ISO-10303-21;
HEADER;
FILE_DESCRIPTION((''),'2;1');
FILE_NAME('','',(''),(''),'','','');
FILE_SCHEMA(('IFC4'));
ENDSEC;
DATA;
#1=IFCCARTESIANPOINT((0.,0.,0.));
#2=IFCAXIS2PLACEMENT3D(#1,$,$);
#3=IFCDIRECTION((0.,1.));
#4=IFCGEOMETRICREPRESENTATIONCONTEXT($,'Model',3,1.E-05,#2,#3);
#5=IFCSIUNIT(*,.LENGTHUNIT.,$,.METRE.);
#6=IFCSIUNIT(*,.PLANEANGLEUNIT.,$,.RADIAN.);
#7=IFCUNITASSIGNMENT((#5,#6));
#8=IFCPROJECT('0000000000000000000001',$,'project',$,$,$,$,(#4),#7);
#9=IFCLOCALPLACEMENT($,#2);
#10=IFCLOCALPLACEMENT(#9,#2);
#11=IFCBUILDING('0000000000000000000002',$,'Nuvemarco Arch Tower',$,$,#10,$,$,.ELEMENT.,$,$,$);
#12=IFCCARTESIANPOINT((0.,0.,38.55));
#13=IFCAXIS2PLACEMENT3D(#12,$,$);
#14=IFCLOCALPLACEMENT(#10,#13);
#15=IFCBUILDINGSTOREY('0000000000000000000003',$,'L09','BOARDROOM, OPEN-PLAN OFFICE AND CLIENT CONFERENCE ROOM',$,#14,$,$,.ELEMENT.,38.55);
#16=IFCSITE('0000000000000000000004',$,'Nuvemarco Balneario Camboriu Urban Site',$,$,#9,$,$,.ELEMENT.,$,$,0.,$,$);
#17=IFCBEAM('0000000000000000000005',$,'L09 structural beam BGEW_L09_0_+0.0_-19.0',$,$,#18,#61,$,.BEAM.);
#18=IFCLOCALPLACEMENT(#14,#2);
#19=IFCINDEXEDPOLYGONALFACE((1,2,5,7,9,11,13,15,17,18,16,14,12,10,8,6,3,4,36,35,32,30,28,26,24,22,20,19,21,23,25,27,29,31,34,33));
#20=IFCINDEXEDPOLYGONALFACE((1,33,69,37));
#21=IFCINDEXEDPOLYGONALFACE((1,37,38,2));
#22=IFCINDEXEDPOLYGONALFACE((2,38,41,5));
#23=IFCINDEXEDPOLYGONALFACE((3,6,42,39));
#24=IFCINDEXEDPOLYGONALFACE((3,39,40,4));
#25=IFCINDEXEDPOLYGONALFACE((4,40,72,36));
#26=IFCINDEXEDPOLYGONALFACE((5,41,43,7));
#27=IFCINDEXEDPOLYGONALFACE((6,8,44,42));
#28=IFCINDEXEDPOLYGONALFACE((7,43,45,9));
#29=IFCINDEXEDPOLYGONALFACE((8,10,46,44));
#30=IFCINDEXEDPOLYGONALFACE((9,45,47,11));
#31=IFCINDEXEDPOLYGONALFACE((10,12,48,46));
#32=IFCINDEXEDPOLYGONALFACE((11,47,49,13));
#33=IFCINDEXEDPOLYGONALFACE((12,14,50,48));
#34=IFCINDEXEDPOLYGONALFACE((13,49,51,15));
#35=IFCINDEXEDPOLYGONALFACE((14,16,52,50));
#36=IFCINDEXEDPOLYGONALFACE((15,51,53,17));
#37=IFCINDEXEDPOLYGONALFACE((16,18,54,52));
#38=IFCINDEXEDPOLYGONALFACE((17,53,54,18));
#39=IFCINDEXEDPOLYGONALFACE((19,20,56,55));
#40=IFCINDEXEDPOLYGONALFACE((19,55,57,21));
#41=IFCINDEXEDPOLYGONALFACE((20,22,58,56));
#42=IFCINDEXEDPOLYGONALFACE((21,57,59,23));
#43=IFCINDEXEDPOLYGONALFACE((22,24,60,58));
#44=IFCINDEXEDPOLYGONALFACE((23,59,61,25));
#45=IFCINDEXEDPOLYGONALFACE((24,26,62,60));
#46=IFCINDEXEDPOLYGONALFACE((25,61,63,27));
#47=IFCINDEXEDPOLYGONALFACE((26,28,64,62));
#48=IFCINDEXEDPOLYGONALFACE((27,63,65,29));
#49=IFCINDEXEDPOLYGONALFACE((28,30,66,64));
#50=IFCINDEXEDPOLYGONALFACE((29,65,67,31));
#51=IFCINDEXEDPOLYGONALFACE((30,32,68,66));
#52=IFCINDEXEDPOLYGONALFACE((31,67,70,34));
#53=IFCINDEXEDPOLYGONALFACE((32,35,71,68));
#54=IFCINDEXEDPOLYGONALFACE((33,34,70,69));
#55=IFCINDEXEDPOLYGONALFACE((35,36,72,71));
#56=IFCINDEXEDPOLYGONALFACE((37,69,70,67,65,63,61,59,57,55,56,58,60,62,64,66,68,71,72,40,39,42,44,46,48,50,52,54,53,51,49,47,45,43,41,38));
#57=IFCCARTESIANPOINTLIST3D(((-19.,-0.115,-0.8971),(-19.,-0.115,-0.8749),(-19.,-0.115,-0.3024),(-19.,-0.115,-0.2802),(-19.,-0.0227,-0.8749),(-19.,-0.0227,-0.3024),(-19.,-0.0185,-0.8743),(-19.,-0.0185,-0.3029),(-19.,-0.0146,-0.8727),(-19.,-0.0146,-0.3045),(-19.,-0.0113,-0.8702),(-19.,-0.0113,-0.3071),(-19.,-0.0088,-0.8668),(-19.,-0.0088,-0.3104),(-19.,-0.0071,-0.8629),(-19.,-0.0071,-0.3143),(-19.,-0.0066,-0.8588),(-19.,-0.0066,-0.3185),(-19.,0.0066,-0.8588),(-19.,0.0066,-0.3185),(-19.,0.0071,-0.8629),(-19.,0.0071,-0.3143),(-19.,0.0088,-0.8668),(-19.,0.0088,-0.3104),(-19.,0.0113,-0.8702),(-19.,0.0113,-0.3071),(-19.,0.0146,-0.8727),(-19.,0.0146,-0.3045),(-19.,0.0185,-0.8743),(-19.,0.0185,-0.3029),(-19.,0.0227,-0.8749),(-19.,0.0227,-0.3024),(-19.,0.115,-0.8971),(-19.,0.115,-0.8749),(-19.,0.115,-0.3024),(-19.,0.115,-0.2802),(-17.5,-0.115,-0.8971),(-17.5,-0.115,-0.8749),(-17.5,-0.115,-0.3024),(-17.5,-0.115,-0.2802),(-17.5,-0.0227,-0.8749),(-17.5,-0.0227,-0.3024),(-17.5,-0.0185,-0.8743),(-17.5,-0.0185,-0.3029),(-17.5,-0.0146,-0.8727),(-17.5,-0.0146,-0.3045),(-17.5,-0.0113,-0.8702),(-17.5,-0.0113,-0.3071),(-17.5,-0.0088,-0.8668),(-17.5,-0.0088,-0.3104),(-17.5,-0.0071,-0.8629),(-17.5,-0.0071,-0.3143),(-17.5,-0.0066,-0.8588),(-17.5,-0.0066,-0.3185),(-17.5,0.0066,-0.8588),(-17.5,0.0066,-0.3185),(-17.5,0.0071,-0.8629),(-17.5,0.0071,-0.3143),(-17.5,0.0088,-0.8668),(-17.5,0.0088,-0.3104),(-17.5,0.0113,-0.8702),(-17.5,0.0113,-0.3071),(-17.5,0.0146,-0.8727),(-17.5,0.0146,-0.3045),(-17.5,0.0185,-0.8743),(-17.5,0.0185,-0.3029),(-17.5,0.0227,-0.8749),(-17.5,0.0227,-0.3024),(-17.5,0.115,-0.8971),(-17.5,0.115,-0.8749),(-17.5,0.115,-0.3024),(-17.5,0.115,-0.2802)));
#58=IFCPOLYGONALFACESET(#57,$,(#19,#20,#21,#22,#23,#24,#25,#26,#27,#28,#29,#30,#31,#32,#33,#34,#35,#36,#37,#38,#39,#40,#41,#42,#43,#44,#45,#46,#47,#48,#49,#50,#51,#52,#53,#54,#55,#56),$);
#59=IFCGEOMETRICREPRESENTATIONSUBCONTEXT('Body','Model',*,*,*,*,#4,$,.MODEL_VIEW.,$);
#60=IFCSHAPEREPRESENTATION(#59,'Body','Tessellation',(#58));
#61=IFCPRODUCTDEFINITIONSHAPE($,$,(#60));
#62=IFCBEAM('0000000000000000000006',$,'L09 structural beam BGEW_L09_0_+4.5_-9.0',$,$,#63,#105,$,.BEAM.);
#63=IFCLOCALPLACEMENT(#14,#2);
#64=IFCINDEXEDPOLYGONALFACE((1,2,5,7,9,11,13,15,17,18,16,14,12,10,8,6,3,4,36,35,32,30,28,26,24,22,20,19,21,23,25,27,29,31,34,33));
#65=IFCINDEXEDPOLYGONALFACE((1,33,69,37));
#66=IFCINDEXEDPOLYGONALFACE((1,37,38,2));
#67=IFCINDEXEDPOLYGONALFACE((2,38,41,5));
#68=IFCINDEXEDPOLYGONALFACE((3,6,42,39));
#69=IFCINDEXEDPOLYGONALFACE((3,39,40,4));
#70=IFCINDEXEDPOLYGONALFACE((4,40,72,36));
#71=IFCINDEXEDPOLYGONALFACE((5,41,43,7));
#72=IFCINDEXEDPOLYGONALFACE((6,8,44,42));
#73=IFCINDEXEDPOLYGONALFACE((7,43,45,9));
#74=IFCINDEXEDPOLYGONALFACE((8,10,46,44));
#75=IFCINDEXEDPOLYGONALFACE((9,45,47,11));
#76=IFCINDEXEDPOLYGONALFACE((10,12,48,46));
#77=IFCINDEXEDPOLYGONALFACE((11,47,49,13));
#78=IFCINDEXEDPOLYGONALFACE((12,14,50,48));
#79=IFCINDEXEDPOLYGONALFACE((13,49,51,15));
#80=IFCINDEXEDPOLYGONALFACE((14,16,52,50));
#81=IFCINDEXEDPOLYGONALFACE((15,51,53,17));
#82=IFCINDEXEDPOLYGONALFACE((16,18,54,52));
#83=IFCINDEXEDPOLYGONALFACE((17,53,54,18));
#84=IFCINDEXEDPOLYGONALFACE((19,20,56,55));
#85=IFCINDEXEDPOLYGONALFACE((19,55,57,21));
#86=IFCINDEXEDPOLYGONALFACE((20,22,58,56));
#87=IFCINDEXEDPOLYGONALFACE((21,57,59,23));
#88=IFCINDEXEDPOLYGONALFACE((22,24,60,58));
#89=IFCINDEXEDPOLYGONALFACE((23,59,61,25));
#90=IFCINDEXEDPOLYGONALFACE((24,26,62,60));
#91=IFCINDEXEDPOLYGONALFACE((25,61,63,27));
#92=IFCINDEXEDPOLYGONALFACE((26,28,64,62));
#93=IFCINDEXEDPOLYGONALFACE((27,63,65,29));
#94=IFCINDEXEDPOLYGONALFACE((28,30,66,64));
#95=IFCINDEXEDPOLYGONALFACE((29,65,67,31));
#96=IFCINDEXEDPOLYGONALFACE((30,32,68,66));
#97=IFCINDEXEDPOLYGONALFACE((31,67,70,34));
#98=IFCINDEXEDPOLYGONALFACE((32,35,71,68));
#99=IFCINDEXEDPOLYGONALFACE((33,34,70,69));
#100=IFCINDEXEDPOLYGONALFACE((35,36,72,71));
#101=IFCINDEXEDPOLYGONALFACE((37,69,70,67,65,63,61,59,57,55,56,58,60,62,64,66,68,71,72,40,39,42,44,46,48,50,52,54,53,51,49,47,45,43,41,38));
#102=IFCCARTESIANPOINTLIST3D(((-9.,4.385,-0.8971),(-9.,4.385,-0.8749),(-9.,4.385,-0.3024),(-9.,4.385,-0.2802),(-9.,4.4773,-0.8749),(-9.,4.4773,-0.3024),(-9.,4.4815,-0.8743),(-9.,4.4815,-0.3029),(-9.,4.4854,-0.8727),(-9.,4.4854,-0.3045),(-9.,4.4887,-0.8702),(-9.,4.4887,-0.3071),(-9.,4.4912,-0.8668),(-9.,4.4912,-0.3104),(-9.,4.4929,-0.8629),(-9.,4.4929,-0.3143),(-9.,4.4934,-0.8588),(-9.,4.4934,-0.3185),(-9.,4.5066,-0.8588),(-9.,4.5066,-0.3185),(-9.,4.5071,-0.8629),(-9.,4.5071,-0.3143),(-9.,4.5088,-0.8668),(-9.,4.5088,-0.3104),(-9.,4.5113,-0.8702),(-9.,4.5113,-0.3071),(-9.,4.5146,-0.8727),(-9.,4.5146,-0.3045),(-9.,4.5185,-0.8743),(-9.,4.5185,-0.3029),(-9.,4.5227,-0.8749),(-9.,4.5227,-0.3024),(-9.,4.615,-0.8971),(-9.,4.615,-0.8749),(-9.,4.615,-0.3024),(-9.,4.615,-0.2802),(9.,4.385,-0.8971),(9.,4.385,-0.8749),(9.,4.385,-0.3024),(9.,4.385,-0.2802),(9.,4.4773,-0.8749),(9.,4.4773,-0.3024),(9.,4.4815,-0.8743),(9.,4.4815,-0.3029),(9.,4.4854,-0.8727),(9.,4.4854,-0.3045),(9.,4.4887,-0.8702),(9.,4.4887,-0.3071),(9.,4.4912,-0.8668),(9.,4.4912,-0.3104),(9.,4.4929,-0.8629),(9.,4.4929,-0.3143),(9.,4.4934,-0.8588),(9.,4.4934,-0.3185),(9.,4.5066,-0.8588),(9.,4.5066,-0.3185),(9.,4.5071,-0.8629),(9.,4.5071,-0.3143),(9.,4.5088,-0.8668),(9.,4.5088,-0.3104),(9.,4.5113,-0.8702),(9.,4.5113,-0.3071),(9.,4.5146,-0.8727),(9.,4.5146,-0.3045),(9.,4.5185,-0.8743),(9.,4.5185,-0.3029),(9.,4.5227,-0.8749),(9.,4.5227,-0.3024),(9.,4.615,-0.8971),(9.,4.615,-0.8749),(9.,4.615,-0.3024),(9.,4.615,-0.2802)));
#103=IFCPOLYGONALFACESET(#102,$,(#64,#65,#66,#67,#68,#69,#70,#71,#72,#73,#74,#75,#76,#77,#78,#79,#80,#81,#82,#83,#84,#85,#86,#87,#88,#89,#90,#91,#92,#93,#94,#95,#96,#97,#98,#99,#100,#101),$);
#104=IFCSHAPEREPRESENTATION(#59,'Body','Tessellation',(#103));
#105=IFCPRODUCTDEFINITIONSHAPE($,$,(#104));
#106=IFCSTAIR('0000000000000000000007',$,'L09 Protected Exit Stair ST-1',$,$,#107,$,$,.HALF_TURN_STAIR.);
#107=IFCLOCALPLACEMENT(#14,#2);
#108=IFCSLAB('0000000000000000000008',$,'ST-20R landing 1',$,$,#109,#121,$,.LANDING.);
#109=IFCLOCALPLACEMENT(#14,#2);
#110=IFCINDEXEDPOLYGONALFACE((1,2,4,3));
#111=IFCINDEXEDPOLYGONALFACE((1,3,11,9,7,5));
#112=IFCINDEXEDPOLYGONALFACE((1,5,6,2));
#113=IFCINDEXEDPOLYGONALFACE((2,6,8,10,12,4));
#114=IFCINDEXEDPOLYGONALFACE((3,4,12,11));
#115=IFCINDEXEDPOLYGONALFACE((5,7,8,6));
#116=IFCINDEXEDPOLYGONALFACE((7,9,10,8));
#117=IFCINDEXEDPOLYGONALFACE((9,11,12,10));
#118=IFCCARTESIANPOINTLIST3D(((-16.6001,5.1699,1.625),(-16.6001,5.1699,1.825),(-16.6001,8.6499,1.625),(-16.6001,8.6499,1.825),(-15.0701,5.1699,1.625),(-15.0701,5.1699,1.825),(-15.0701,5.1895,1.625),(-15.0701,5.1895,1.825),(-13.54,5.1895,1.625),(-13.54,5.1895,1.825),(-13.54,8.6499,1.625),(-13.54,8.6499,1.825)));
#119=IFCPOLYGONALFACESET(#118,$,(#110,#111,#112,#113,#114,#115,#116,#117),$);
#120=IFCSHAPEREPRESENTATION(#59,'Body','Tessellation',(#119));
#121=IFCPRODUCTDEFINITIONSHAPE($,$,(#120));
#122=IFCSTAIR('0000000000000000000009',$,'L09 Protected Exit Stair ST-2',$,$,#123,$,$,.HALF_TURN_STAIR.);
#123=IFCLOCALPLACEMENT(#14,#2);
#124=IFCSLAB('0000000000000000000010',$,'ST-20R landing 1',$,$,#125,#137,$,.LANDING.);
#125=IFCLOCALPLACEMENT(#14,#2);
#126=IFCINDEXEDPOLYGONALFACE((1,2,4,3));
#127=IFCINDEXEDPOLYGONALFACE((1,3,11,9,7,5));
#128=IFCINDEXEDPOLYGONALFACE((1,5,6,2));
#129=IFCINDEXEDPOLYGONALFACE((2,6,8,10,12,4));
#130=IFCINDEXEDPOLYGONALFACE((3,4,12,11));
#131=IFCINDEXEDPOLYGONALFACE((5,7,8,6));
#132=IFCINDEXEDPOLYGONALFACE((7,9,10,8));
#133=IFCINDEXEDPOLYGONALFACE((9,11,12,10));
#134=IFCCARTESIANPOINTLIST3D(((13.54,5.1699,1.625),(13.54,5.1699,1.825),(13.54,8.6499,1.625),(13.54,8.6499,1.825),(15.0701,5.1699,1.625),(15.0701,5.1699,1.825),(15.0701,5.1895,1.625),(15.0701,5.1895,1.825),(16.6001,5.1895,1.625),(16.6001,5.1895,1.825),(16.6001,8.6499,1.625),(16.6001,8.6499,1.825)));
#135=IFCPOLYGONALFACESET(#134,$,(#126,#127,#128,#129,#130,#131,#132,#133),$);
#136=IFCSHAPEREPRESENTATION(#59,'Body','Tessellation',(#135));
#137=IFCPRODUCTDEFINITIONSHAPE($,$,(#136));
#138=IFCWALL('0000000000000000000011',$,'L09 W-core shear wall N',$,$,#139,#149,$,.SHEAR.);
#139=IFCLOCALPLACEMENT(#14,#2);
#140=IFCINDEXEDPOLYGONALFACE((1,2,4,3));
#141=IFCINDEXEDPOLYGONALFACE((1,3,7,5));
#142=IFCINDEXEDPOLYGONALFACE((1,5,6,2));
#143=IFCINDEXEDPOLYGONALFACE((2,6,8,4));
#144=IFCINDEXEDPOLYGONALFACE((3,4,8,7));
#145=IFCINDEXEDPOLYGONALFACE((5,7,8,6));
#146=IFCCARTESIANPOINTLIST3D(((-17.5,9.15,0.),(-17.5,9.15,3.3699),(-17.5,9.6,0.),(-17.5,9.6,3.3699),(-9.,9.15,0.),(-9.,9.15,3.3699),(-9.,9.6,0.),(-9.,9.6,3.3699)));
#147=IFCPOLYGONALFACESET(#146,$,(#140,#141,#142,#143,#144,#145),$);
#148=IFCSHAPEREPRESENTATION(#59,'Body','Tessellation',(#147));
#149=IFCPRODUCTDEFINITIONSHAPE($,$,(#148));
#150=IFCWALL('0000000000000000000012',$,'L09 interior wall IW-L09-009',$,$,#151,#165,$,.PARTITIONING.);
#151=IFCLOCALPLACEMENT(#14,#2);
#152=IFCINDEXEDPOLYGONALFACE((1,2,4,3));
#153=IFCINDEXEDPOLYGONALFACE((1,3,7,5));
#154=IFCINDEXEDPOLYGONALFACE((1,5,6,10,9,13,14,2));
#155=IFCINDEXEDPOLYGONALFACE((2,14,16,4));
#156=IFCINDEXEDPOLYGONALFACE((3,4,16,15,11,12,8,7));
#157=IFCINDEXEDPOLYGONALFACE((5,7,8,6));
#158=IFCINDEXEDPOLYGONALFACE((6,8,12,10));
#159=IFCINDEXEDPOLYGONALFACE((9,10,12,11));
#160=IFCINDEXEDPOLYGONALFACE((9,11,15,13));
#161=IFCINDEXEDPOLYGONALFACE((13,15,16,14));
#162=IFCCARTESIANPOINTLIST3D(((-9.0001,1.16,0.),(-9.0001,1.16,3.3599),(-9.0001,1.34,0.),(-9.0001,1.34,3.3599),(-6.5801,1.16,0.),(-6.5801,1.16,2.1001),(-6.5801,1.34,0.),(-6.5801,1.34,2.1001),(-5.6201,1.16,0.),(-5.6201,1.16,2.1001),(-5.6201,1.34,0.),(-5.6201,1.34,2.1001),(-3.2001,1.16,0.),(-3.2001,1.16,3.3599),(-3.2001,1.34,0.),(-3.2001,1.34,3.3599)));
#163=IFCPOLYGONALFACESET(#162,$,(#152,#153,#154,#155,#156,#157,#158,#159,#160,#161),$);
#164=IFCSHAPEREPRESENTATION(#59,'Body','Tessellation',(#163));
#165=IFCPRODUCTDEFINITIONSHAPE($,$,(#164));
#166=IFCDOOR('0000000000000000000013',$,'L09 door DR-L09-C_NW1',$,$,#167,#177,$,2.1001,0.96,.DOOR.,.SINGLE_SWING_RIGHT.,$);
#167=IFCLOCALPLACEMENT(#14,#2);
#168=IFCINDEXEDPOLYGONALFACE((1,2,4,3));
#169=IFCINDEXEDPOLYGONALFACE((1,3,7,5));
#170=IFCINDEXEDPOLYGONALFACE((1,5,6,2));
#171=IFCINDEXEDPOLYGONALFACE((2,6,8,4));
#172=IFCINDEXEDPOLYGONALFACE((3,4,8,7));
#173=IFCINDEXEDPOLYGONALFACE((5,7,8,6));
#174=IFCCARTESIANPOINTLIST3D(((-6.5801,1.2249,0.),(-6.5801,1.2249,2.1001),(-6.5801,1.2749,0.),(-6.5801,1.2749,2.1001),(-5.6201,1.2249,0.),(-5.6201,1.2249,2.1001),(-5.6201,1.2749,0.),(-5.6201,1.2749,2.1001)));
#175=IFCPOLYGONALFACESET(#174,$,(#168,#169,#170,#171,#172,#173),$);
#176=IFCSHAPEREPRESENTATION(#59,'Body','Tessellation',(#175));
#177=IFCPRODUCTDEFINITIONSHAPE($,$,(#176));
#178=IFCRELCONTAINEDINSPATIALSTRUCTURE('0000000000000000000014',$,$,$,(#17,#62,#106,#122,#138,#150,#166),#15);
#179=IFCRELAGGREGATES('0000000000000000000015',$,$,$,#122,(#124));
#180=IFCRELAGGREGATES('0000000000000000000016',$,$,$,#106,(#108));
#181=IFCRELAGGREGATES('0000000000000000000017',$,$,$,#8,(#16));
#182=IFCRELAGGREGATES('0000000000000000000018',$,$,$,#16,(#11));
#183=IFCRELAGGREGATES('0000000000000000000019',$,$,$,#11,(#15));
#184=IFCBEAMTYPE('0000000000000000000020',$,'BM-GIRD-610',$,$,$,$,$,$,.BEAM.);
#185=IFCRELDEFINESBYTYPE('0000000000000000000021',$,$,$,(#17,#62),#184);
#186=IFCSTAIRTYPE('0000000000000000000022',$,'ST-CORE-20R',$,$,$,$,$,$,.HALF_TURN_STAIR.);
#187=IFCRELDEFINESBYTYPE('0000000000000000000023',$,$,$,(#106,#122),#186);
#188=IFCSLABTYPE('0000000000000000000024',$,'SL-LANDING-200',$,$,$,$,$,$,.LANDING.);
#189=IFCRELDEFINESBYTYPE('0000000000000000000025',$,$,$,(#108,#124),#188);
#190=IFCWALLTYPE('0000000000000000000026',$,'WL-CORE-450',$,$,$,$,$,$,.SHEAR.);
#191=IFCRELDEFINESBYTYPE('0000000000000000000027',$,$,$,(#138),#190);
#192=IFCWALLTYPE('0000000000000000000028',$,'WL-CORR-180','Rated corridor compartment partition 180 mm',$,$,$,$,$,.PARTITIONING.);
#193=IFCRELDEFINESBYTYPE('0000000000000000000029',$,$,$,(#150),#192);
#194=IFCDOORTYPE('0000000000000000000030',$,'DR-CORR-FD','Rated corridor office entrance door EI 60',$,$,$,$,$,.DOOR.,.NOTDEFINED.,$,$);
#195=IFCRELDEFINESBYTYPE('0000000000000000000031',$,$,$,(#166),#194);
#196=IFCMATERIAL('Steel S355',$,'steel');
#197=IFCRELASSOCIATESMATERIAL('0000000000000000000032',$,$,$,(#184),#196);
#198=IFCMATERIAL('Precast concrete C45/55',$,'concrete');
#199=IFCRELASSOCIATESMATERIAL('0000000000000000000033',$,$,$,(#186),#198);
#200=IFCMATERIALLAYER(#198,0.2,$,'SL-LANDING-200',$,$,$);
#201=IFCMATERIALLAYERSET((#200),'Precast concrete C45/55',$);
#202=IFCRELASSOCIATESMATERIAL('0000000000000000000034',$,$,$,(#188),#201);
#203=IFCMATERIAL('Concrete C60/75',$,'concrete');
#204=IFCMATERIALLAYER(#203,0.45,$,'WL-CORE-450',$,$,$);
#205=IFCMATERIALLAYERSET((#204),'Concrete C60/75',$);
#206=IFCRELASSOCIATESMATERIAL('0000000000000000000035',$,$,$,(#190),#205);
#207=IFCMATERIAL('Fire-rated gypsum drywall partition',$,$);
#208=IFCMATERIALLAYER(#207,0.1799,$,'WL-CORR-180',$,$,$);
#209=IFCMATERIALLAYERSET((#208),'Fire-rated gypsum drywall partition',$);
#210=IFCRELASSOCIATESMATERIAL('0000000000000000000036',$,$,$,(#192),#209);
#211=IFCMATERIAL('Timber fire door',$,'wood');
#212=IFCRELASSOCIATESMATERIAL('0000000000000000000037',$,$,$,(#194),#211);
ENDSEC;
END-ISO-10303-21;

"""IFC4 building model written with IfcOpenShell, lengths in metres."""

from ifc_helpers import new_model, si_unit, direction, frame, frame_2d, origin, origin_2d, place, context, subcontext, project, spatial, polyline, rectangle, i_section, outline, extrude, source, transform, mapped, material, layer, layer_set, material_profile, profile_set, type_object, type_shapes, element, fill, aggregate, save


model = new_model("IFC4")

# Units and contexts
model_context = context("Model", 3, precision=1e-05, world=origin(), true_north=direction((0.0, 1.0)))
body_context = subcontext(model_context, "Body", "Model", "MODEL_VIEW")
ifc_project = project(units=[si_unit("LENGTHUNIT", "METRE"), si_unit("PLANEANGLEUNIT", "RADIAN")], contexts=[model_context])

# Site, building, storey
site_placement = place(None, origin())
site = spatial("IfcSite", under=ifc_project, at=site_placement, Name="Nuvemarco Balneario Camboriu Urban Site", CompositionType="ELEMENT", RefElevation=0.0)
building_placement = place(site_placement, origin())
building = spatial("IfcBuilding", under=site, at=building_placement, Name="Nuvemarco Arch Tower", CompositionType="ELEMENT")
storey_placement = place(building_placement, frame((0.0, 0.0, 38.55)))
storey = spatial("IfcBuildingStorey", under=building, at=storey_placement, Name="L09", Description="BOARDROOM, OPEN-PLAN OFFICE AND CLIENT CONFERENCE ROOM", CompositionType="ELEMENT", Elevation=38.55)

# Shared definitions
ifc_material_1 = material(Name="Concrete C60/75", Category="concrete")

# Beams
ifc_material_2 = material(Name="Steel S355", Category="steel")
ifc_material_profile_1 = material_profile(ifc_material_2, i_section(OverallWidth=0.23, OverallDepth=0.6169, WebThickness=0.0132, FlangeThickness=0.0222, FilletRadius=0.0161, at=origin_2d()), Name="W610x140")
ifc_profile_set_1 = profile_set([ifc_material_profile_1], Name="Steel S355")
beam_type = type_object("IfcBeamType", Name="BM-GIRD-610", PredefinedType="BEAM", material=ifc_profile_set_1)
beam_1_placement = place(storey_placement, frame((-19.0, 0.0, -0.5886), z_axis=(1.0, 0.0, 0.0), x_axis=(0.0, 1.0, 0.0)))
element("IfcBeam", 1, at=beam_1_placement, inside=storey, type_object=beam_type, Name="L09 structural beam BGEW_L09_0_+0.0_-19.0", PredefinedType="BEAM", context=body_context, shape_type="SweptSolid", body=[
    extrude(i_section(OverallWidth=0.23, OverallDepth=0.6169, WebThickness=0.0132, FlangeThickness=0.0222, FilletRadius=0.0161, at=origin_2d()), origin(), (0.0, 0.0, 1.0), 1.5),
])
beam_2_placement = place(storey_placement, frame((-9.0, 4.5, -0.5886), z_axis=(1.0, 0.0, 0.0), x_axis=(0.0, 1.0, 0.0)))
element("IfcBeam", 2, at=beam_2_placement, inside=storey, type_object=beam_type, Name="L09 structural beam BGEW_L09_0_+4.5_-9.0", PredefinedType="BEAM", context=body_context, shape_type="SweptSolid", body=[
    extrude(i_section(OverallWidth=0.23, OverallDepth=0.6169, WebThickness=0.0132, FlangeThickness=0.0222, FilletRadius=0.0161, at=origin_2d()), origin(), (0.0, 0.0, 1.0), 18.0),
])

# Stairs, slabs
ifc_material_3 = material(Name="Precast concrete C45/55", Category="concrete")
stair_type = type_object("IfcStairType", Name="ST-CORE-20R", PredefinedType="HALF_TURN_STAIR", material=ifc_material_3)
stair_1_placement = place(storey_placement, origin())
stair_1 = element("IfcStair", 3, at=stair_1_placement, inside=storey, type_object=stair_type, Name="L09 Protected Exit Stair ST-1", PredefinedType="HALF_TURN_STAIR")
ifc_layer_1 = layer(ifc_material_3, 0.2, Name="SL-LANDING-200")
ifc_layer_set_1 = layer_set([ifc_layer_1], Name="Precast concrete C45/55")
slab_type = type_object("IfcSlabType", Name="SL-LANDING-200", PredefinedType="LANDING", material=ifc_layer_set_1)
slab_1_placement = place(storey_placement, frame((0.0, 0.0, 1.625)))
slab_1 = element("IfcSlab", 4, at=slab_1_placement, type_object=slab_type, Name="ST-20R landing 1", PredefinedType="LANDING", context=body_context, shape_type="SweptSolid", body=[
    extrude(outline(polyline([(-13.54, 5.1895), (-13.54, 8.6499), (-16.6001, 8.6499), (-16.6001, 5.1699), (-15.0701, 5.1699), (-15.0701, 5.1895), (-13.54, 5.1895)])), origin(), (0.0, 0.0, 1.0), 0.2),
])
stair_2_placement = place(storey_placement, origin())
stair_2 = element("IfcStair", 5, at=stair_2_placement, inside=storey, type_object=stair_type, Name="L09 Protected Exit Stair ST-2", PredefinedType="HALF_TURN_STAIR")
slab_2_placement = place(storey_placement, frame((0.0, 0.0, 1.625)))
slab_2 = element("IfcSlab", 6, at=slab_2_placement, type_object=slab_type, Name="ST-20R landing 1", PredefinedType="LANDING", context=body_context, shape_type="SweptSolid", body=[
    extrude(outline(polyline([(16.6001, 5.1895), (16.6001, 8.6499), (13.54, 8.6499), (13.54, 5.1699), (15.0701, 5.1699), (15.0701, 5.1895), (16.6001, 5.1895)])), origin(), (0.0, 0.0, 1.0), 0.2),
])
aggregate(stair_2, [slab_2])

# Wall
ifc_layer_2 = layer(ifc_material_1, 0.45, Name="WL-CORE-450")
ifc_layer_set_2 = layer_set([ifc_layer_2], Name="Concrete C60/75")
wall_type_1 = type_object("IfcWallType", Name="WL-CORE-450", PredefinedType="SHEAR", material=ifc_layer_set_2)
wall_1_placement = place(storey_placement, frame((-17.5, 9.375, 0.0), z_axis=(0.0, 0.0, 1.0), x_axis=(1.0, 0.0, 0.0)))
element("IfcWall", 7, at=wall_1_placement, inside=storey, type_object=wall_type_1, Name="L09 W-core shear wall N", PredefinedType="SHEAR", context=body_context, shape_type="SweptSolid", body=[
    extrude(rectangle(XDim=8.5, YDim=0.45, at=frame_2d((4.25, 0.0))), origin(), (0.0, 0.0, 1.0), 3.3699),
])

# Wall, opening, door
ifc_material_4 = material(Name="Fire-rated gypsum drywall partition")
ifc_layer_3 = layer(ifc_material_4, 0.1799, Name="WL-CORR-180")
ifc_layer_set_3 = layer_set([ifc_layer_3], Name="Fire-rated gypsum drywall partition")
wall_type_2 = type_object("IfcWallType", Name="WL-CORR-180", Description="Rated corridor compartment partition 180 mm", PredefinedType="PARTITIONING", material=ifc_layer_set_3)
wall_2_placement = place(storey_placement, frame((-9.0, 1.25, 0.0), z_axis=(0.0, 0.0, 1.0), x_axis=(1.0, 0.0, 0.0)))
wall_2 = element("IfcWall", 8, at=wall_2_placement, inside=storey, type_object=wall_type_2, Name="L09 interior wall IW-L09-009", PredefinedType="PARTITIONING", context=body_context, shape_type="SweptSolid", body=[
    extrude(rectangle(XDim=5.8, YDim=0.1799, at=frame_2d((2.8999, 0.0))), origin(), (0.0, 0.0, 1.0), 3.3599),
])
opening_1_placement = place(wall_2_placement, frame((2.4199, 0.0, 0.0)))
opening_1 = element("IfcOpeningElement", 9, at=opening_1_placement, cuts=wall_2, PredefinedType="OPENING", context=body_context, shape_type="SweptSolid", body=[
    extrude(rectangle(XDim=0.96, YDim=2.1001, at=frame_2d((0.48, 1.05))), frame((0.0, 0.0999, 0.0), z_axis=(0.0, -1.0, 0.0), x_axis=(1.0, 0.0, 0.0)), (0.0, 0.0, 1.0), 0.2),
])
ifc_material_5 = material(Name="Timber fire door", Category="wood")
door_type_1 = type_object("IfcDoorType", Name="DR-CORR-FD", Description="Rated corridor office entrance door EI 60", OperationType="NOTDEFINED", PredefinedType="DOOR", material=ifc_material_5)
shared_shape_1 = source(origin(), body_context, "Body", "SweptSolid", [
    extrude(rectangle(XDim=0.96, YDim=2.1001, at=frame_2d((0.48, 1.05))), frame((0.0, 0.0249, 0.0), z_axis=(0.0, -1.0, 0.0), x_axis=(1.0, 0.0, 0.0)), (0.0, 0.0, 1.0), 0.05),
])
type_shapes(door_type_1, [shared_shape_1])
door_1_placement = place(opening_1_placement, origin())
door_1 = element("IfcDoor", 10, at=door_1_placement, inside=storey, type_object=door_type_1, Name="L09 door DR-L09-C_NW1", OperationType="SINGLE_SWING_RIGHT", OverallHeight=2.1001, OverallWidth=0.96, PredefinedType="DOOR", context=body_context, shape_type="MappedRepresentation", body=[
    mapped(shared_shape_1, transform((0.0, 0.0, 0.0), scale=1.0)),
])
fill(opening_1, door_1)

aggregate(stair_1, [slab_1])

save(model, "model.ifc")
